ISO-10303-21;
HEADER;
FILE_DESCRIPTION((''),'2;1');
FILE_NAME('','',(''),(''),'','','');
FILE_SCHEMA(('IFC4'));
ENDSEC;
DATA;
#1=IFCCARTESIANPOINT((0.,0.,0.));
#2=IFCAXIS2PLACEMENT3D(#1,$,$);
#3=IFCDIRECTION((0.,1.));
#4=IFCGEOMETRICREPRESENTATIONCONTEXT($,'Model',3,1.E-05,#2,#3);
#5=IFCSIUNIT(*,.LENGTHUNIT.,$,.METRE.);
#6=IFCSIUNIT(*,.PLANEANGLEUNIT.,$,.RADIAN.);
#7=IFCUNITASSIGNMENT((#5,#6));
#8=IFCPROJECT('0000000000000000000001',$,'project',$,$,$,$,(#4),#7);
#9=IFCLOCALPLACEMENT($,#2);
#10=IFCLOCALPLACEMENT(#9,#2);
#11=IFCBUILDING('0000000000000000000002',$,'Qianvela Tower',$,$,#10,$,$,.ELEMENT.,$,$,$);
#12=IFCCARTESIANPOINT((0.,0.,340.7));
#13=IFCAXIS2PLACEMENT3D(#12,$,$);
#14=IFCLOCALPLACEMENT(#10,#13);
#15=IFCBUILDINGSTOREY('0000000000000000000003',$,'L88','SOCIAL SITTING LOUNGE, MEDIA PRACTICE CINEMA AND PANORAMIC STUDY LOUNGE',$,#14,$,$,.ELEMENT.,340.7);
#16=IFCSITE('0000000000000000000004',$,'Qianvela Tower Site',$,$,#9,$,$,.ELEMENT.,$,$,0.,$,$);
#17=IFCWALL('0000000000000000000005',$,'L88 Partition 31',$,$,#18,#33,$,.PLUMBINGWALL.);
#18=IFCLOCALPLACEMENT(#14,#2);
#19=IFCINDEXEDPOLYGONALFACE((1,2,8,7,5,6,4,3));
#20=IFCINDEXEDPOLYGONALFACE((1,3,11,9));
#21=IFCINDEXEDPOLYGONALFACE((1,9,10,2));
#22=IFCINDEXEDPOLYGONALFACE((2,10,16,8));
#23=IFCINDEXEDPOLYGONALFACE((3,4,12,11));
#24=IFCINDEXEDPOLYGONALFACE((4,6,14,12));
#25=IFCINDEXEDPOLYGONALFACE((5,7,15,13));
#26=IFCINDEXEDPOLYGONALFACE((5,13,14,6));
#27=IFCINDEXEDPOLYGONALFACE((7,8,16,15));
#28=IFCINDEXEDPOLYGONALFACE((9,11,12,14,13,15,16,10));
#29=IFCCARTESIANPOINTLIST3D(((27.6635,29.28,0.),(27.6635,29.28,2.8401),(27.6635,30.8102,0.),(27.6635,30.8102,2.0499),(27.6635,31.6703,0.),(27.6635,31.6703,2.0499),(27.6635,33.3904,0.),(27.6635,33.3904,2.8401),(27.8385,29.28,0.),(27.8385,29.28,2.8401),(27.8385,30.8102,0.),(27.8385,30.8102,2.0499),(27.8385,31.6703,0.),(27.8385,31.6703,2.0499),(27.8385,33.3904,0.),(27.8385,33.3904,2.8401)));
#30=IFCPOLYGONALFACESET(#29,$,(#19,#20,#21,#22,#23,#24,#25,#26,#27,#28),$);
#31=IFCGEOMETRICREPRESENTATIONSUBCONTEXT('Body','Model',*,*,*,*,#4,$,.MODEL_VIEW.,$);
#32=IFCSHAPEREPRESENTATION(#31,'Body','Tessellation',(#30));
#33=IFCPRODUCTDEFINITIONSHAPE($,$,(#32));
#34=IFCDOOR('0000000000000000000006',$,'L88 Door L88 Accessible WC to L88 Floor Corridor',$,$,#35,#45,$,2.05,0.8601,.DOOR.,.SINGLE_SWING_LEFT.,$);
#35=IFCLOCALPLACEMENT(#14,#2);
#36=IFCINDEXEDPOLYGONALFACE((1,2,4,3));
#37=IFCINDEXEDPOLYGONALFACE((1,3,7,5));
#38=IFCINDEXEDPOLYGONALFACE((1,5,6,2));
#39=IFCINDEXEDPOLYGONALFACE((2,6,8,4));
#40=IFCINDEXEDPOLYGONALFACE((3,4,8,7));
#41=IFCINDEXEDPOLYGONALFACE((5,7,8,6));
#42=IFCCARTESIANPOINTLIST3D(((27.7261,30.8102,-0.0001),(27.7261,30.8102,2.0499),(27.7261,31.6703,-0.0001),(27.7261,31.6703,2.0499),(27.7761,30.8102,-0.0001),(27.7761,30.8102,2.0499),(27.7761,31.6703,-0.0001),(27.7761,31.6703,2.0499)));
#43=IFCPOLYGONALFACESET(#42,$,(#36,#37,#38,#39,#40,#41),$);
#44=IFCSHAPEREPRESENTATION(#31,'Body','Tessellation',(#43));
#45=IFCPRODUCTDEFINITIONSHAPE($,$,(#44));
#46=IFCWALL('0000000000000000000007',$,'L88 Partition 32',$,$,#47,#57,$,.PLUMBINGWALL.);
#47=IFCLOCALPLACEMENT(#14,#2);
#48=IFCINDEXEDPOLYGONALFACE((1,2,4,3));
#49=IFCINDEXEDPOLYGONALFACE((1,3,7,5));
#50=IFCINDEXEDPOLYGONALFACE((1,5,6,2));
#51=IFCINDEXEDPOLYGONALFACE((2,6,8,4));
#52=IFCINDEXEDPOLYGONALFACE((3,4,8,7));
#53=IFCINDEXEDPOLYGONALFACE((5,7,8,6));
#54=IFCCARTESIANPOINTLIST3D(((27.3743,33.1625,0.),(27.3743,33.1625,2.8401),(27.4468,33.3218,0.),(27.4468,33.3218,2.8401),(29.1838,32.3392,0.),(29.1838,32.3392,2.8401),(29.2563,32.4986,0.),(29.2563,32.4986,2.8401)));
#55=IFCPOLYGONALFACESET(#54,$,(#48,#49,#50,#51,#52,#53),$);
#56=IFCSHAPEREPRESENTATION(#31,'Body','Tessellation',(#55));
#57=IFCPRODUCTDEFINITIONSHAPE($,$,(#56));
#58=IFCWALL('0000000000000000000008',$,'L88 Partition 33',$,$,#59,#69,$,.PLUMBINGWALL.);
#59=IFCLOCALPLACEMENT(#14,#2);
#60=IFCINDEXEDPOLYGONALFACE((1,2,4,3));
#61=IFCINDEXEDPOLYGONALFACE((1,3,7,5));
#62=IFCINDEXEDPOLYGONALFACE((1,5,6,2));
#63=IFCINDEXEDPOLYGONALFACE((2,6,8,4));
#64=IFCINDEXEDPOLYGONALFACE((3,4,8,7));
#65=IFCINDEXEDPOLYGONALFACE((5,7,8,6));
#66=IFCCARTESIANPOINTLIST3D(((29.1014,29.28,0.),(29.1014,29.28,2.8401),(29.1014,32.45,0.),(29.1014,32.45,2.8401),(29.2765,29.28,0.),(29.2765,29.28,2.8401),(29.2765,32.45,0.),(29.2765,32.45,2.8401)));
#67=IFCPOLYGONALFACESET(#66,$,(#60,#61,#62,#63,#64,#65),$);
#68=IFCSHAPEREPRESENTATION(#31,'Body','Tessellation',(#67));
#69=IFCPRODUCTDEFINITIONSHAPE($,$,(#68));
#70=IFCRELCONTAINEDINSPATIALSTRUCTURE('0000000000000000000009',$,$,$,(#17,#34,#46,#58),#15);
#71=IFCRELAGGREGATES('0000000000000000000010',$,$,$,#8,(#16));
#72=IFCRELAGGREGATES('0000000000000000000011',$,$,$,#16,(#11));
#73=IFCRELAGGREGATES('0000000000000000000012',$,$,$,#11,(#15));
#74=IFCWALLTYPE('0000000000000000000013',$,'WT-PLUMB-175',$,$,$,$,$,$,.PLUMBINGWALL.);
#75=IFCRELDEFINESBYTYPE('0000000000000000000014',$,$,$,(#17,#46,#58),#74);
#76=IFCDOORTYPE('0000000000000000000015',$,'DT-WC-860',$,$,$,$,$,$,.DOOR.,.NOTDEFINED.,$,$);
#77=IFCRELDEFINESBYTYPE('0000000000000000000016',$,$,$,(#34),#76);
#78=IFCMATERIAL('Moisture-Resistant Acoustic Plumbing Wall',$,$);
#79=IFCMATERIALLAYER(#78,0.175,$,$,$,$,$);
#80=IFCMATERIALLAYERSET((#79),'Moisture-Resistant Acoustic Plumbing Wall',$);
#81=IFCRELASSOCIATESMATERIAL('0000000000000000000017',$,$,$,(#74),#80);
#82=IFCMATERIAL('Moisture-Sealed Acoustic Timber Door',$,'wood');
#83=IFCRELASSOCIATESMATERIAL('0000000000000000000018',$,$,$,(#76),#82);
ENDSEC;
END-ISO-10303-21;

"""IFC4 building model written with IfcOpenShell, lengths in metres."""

from ifc_helpers import new_model, si_unit, direction, frame, frame_2d, origin, place, context, subcontext, project, spatial, rectangle, extrude, material, layer, layer_set, type_object, element, fill, save


model = new_model("IFC4")

# Units and contexts
model_context = context("Model", 3, precision=1e-05, world=origin(), true_north=direction((0.0, 1.0)))
body_context = subcontext(model_context, "Body", "Model", "MODEL_VIEW")
ifc_project = project(units=[si_unit("LENGTHUNIT", "METRE"), si_unit("PLANEANGLEUNIT", "RADIAN")], contexts=[model_context])

# Site, building, storey
site_placement = place(None, origin())
site = spatial("IfcSite", under=ifc_project, at=site_placement, Name="Qianvela Tower Site", CompositionType="ELEMENT", RefElevation=0.0)
building_placement = place(site_placement, origin())
building = spatial("IfcBuilding", under=site, at=building_placement, Name="Qianvela Tower", CompositionType="ELEMENT")
storey_placement = place(building_placement, frame((0.0, 0.0, 340.7)))
storey = spatial("IfcBuildingStorey", under=building, at=storey_placement, Name="L88", Description="SOCIAL SITTING LOUNGE, MEDIA PRACTICE CINEMA AND PANORAMIC STUDY LOUNGE", CompositionType="ELEMENT", Elevation=340.7)

# Shared definitions
ifc_material_1 = material(Name="Moisture-Resistant Acoustic Plumbing Wall")
ifc_layer_1 = layer(ifc_material_1, 0.175)
ifc_layer_set_1 = layer_set([ifc_layer_1], Name="Moisture-Resistant Acoustic Plumbing Wall")
wall_type_1 = type_object("IfcWallType", Name="WT-PLUMB-175", PredefinedType="PLUMBINGWALL", material=ifc_layer_set_1)

# Wall, opening, door
wall_1_placement = place(storey_placement, frame((27.751, 29.28, 0.0), z_axis=(0.0, 0.0, 1.0), x_axis=(0.0, 1.0, 0.0)))
wall_1 = element("IfcWall", 1, at=wall_1_placement, inside=storey, type_object=wall_type_1, Name="L88 Partition 31", PredefinedType="PLUMBINGWALL", context=body_context, shape_type="SweptSolid", body=[
    extrude(rectangle(XDim=4.1104, YDim=0.175, at=frame_2d((2.0552, 0.0))), origin(), (0.0, 0.0, 1.0), 2.8401),
])
opening_1_placement = place(wall_1_placement, frame((1.53, 0.0, 0.0)))
opening_1 = element("IfcOpeningElement", 2, at=opening_1_placement, cuts=wall_1, PredefinedType="OPENING", context=body_context, shape_type="SweptSolid", body=[
    extrude(rectangle(XDim=0.8601, YDim=2.05, at=frame_2d((0.4302, 1.0249))), frame((0.0, 0.0974, 0.0), z_axis=(0.0, -1.0, 0.0), x_axis=(1.0, 0.0, 0.0)), (0.0, 0.0, 1.0), 0.1951),
])
ifc_material_2 = material(Name="Moisture-Sealed Acoustic Timber Door", Category="wood")
door_type_1 = type_object("IfcDoorType", Name="DT-WC-860", OperationType="NOTDEFINED", PredefinedType="DOOR", material=ifc_material_2)
door_1_placement = place(opening_1_placement, origin())
door_1 = element("IfcDoor", 3, at=door_1_placement, inside=storey, type_object=door_type_1, Name="L88 Door L88 Accessible WC to L88 Floor Corridor", OperationType="SINGLE_SWING_LEFT", OverallHeight=2.05, OverallWidth=0.8601, PredefinedType="DOOR", context=body_context, shape_type="SweptSolid", body=[
    extrude(rectangle(XDim=0.8601, YDim=2.05, at=frame_2d((0.4302, 1.0249))), frame((0.0, 0.0249, 0.0), z_axis=(0.0, -1.0, 0.0), x_axis=(1.0, 0.0, 0.0)), (0.0, 0.0, 1.0), 0.05),
])
fill(opening_1, door_1)

# Walls
wall_2_placement = place(storey_placement, frame((27.4104, 33.2422, 0.0), z_axis=(0.0, 0.0, 1.0), x_axis=(0.910232, -0.414099, 0.0)))
element("IfcWall", 4, at=wall_2_placement, inside=storey, type_object=wall_type_1, Name="L88 Partition 32", PredefinedType="PLUMBINGWALL", context=body_context, shape_type="SweptSolid", body=[
    extrude(rectangle(XDim=1.988, YDim=0.175, at=frame_2d((0.9941, 0.0))), origin(), (0.0, 0.0, 1.0), 2.8401),
])
wall_3_placement = place(storey_placement, frame((29.189, 32.45, 0.0), z_axis=(0.0, 0.0, 1.0), x_axis=(0.0, -1.0, 0.0)))
element("IfcWall", 5, at=wall_3_placement, inside=storey, type_object=wall_type_1, Name="L88 Partition 33", PredefinedType="PLUMBINGWALL", context=body_context, shape_type="SweptSolid", body=[
    extrude(rectangle(XDim=3.1699, YDim=0.175, at=frame_2d((1.585, 0.0))), origin(), (0.0, 0.0, 1.0), 2.8401),
])

save(model, "model.ifc")
